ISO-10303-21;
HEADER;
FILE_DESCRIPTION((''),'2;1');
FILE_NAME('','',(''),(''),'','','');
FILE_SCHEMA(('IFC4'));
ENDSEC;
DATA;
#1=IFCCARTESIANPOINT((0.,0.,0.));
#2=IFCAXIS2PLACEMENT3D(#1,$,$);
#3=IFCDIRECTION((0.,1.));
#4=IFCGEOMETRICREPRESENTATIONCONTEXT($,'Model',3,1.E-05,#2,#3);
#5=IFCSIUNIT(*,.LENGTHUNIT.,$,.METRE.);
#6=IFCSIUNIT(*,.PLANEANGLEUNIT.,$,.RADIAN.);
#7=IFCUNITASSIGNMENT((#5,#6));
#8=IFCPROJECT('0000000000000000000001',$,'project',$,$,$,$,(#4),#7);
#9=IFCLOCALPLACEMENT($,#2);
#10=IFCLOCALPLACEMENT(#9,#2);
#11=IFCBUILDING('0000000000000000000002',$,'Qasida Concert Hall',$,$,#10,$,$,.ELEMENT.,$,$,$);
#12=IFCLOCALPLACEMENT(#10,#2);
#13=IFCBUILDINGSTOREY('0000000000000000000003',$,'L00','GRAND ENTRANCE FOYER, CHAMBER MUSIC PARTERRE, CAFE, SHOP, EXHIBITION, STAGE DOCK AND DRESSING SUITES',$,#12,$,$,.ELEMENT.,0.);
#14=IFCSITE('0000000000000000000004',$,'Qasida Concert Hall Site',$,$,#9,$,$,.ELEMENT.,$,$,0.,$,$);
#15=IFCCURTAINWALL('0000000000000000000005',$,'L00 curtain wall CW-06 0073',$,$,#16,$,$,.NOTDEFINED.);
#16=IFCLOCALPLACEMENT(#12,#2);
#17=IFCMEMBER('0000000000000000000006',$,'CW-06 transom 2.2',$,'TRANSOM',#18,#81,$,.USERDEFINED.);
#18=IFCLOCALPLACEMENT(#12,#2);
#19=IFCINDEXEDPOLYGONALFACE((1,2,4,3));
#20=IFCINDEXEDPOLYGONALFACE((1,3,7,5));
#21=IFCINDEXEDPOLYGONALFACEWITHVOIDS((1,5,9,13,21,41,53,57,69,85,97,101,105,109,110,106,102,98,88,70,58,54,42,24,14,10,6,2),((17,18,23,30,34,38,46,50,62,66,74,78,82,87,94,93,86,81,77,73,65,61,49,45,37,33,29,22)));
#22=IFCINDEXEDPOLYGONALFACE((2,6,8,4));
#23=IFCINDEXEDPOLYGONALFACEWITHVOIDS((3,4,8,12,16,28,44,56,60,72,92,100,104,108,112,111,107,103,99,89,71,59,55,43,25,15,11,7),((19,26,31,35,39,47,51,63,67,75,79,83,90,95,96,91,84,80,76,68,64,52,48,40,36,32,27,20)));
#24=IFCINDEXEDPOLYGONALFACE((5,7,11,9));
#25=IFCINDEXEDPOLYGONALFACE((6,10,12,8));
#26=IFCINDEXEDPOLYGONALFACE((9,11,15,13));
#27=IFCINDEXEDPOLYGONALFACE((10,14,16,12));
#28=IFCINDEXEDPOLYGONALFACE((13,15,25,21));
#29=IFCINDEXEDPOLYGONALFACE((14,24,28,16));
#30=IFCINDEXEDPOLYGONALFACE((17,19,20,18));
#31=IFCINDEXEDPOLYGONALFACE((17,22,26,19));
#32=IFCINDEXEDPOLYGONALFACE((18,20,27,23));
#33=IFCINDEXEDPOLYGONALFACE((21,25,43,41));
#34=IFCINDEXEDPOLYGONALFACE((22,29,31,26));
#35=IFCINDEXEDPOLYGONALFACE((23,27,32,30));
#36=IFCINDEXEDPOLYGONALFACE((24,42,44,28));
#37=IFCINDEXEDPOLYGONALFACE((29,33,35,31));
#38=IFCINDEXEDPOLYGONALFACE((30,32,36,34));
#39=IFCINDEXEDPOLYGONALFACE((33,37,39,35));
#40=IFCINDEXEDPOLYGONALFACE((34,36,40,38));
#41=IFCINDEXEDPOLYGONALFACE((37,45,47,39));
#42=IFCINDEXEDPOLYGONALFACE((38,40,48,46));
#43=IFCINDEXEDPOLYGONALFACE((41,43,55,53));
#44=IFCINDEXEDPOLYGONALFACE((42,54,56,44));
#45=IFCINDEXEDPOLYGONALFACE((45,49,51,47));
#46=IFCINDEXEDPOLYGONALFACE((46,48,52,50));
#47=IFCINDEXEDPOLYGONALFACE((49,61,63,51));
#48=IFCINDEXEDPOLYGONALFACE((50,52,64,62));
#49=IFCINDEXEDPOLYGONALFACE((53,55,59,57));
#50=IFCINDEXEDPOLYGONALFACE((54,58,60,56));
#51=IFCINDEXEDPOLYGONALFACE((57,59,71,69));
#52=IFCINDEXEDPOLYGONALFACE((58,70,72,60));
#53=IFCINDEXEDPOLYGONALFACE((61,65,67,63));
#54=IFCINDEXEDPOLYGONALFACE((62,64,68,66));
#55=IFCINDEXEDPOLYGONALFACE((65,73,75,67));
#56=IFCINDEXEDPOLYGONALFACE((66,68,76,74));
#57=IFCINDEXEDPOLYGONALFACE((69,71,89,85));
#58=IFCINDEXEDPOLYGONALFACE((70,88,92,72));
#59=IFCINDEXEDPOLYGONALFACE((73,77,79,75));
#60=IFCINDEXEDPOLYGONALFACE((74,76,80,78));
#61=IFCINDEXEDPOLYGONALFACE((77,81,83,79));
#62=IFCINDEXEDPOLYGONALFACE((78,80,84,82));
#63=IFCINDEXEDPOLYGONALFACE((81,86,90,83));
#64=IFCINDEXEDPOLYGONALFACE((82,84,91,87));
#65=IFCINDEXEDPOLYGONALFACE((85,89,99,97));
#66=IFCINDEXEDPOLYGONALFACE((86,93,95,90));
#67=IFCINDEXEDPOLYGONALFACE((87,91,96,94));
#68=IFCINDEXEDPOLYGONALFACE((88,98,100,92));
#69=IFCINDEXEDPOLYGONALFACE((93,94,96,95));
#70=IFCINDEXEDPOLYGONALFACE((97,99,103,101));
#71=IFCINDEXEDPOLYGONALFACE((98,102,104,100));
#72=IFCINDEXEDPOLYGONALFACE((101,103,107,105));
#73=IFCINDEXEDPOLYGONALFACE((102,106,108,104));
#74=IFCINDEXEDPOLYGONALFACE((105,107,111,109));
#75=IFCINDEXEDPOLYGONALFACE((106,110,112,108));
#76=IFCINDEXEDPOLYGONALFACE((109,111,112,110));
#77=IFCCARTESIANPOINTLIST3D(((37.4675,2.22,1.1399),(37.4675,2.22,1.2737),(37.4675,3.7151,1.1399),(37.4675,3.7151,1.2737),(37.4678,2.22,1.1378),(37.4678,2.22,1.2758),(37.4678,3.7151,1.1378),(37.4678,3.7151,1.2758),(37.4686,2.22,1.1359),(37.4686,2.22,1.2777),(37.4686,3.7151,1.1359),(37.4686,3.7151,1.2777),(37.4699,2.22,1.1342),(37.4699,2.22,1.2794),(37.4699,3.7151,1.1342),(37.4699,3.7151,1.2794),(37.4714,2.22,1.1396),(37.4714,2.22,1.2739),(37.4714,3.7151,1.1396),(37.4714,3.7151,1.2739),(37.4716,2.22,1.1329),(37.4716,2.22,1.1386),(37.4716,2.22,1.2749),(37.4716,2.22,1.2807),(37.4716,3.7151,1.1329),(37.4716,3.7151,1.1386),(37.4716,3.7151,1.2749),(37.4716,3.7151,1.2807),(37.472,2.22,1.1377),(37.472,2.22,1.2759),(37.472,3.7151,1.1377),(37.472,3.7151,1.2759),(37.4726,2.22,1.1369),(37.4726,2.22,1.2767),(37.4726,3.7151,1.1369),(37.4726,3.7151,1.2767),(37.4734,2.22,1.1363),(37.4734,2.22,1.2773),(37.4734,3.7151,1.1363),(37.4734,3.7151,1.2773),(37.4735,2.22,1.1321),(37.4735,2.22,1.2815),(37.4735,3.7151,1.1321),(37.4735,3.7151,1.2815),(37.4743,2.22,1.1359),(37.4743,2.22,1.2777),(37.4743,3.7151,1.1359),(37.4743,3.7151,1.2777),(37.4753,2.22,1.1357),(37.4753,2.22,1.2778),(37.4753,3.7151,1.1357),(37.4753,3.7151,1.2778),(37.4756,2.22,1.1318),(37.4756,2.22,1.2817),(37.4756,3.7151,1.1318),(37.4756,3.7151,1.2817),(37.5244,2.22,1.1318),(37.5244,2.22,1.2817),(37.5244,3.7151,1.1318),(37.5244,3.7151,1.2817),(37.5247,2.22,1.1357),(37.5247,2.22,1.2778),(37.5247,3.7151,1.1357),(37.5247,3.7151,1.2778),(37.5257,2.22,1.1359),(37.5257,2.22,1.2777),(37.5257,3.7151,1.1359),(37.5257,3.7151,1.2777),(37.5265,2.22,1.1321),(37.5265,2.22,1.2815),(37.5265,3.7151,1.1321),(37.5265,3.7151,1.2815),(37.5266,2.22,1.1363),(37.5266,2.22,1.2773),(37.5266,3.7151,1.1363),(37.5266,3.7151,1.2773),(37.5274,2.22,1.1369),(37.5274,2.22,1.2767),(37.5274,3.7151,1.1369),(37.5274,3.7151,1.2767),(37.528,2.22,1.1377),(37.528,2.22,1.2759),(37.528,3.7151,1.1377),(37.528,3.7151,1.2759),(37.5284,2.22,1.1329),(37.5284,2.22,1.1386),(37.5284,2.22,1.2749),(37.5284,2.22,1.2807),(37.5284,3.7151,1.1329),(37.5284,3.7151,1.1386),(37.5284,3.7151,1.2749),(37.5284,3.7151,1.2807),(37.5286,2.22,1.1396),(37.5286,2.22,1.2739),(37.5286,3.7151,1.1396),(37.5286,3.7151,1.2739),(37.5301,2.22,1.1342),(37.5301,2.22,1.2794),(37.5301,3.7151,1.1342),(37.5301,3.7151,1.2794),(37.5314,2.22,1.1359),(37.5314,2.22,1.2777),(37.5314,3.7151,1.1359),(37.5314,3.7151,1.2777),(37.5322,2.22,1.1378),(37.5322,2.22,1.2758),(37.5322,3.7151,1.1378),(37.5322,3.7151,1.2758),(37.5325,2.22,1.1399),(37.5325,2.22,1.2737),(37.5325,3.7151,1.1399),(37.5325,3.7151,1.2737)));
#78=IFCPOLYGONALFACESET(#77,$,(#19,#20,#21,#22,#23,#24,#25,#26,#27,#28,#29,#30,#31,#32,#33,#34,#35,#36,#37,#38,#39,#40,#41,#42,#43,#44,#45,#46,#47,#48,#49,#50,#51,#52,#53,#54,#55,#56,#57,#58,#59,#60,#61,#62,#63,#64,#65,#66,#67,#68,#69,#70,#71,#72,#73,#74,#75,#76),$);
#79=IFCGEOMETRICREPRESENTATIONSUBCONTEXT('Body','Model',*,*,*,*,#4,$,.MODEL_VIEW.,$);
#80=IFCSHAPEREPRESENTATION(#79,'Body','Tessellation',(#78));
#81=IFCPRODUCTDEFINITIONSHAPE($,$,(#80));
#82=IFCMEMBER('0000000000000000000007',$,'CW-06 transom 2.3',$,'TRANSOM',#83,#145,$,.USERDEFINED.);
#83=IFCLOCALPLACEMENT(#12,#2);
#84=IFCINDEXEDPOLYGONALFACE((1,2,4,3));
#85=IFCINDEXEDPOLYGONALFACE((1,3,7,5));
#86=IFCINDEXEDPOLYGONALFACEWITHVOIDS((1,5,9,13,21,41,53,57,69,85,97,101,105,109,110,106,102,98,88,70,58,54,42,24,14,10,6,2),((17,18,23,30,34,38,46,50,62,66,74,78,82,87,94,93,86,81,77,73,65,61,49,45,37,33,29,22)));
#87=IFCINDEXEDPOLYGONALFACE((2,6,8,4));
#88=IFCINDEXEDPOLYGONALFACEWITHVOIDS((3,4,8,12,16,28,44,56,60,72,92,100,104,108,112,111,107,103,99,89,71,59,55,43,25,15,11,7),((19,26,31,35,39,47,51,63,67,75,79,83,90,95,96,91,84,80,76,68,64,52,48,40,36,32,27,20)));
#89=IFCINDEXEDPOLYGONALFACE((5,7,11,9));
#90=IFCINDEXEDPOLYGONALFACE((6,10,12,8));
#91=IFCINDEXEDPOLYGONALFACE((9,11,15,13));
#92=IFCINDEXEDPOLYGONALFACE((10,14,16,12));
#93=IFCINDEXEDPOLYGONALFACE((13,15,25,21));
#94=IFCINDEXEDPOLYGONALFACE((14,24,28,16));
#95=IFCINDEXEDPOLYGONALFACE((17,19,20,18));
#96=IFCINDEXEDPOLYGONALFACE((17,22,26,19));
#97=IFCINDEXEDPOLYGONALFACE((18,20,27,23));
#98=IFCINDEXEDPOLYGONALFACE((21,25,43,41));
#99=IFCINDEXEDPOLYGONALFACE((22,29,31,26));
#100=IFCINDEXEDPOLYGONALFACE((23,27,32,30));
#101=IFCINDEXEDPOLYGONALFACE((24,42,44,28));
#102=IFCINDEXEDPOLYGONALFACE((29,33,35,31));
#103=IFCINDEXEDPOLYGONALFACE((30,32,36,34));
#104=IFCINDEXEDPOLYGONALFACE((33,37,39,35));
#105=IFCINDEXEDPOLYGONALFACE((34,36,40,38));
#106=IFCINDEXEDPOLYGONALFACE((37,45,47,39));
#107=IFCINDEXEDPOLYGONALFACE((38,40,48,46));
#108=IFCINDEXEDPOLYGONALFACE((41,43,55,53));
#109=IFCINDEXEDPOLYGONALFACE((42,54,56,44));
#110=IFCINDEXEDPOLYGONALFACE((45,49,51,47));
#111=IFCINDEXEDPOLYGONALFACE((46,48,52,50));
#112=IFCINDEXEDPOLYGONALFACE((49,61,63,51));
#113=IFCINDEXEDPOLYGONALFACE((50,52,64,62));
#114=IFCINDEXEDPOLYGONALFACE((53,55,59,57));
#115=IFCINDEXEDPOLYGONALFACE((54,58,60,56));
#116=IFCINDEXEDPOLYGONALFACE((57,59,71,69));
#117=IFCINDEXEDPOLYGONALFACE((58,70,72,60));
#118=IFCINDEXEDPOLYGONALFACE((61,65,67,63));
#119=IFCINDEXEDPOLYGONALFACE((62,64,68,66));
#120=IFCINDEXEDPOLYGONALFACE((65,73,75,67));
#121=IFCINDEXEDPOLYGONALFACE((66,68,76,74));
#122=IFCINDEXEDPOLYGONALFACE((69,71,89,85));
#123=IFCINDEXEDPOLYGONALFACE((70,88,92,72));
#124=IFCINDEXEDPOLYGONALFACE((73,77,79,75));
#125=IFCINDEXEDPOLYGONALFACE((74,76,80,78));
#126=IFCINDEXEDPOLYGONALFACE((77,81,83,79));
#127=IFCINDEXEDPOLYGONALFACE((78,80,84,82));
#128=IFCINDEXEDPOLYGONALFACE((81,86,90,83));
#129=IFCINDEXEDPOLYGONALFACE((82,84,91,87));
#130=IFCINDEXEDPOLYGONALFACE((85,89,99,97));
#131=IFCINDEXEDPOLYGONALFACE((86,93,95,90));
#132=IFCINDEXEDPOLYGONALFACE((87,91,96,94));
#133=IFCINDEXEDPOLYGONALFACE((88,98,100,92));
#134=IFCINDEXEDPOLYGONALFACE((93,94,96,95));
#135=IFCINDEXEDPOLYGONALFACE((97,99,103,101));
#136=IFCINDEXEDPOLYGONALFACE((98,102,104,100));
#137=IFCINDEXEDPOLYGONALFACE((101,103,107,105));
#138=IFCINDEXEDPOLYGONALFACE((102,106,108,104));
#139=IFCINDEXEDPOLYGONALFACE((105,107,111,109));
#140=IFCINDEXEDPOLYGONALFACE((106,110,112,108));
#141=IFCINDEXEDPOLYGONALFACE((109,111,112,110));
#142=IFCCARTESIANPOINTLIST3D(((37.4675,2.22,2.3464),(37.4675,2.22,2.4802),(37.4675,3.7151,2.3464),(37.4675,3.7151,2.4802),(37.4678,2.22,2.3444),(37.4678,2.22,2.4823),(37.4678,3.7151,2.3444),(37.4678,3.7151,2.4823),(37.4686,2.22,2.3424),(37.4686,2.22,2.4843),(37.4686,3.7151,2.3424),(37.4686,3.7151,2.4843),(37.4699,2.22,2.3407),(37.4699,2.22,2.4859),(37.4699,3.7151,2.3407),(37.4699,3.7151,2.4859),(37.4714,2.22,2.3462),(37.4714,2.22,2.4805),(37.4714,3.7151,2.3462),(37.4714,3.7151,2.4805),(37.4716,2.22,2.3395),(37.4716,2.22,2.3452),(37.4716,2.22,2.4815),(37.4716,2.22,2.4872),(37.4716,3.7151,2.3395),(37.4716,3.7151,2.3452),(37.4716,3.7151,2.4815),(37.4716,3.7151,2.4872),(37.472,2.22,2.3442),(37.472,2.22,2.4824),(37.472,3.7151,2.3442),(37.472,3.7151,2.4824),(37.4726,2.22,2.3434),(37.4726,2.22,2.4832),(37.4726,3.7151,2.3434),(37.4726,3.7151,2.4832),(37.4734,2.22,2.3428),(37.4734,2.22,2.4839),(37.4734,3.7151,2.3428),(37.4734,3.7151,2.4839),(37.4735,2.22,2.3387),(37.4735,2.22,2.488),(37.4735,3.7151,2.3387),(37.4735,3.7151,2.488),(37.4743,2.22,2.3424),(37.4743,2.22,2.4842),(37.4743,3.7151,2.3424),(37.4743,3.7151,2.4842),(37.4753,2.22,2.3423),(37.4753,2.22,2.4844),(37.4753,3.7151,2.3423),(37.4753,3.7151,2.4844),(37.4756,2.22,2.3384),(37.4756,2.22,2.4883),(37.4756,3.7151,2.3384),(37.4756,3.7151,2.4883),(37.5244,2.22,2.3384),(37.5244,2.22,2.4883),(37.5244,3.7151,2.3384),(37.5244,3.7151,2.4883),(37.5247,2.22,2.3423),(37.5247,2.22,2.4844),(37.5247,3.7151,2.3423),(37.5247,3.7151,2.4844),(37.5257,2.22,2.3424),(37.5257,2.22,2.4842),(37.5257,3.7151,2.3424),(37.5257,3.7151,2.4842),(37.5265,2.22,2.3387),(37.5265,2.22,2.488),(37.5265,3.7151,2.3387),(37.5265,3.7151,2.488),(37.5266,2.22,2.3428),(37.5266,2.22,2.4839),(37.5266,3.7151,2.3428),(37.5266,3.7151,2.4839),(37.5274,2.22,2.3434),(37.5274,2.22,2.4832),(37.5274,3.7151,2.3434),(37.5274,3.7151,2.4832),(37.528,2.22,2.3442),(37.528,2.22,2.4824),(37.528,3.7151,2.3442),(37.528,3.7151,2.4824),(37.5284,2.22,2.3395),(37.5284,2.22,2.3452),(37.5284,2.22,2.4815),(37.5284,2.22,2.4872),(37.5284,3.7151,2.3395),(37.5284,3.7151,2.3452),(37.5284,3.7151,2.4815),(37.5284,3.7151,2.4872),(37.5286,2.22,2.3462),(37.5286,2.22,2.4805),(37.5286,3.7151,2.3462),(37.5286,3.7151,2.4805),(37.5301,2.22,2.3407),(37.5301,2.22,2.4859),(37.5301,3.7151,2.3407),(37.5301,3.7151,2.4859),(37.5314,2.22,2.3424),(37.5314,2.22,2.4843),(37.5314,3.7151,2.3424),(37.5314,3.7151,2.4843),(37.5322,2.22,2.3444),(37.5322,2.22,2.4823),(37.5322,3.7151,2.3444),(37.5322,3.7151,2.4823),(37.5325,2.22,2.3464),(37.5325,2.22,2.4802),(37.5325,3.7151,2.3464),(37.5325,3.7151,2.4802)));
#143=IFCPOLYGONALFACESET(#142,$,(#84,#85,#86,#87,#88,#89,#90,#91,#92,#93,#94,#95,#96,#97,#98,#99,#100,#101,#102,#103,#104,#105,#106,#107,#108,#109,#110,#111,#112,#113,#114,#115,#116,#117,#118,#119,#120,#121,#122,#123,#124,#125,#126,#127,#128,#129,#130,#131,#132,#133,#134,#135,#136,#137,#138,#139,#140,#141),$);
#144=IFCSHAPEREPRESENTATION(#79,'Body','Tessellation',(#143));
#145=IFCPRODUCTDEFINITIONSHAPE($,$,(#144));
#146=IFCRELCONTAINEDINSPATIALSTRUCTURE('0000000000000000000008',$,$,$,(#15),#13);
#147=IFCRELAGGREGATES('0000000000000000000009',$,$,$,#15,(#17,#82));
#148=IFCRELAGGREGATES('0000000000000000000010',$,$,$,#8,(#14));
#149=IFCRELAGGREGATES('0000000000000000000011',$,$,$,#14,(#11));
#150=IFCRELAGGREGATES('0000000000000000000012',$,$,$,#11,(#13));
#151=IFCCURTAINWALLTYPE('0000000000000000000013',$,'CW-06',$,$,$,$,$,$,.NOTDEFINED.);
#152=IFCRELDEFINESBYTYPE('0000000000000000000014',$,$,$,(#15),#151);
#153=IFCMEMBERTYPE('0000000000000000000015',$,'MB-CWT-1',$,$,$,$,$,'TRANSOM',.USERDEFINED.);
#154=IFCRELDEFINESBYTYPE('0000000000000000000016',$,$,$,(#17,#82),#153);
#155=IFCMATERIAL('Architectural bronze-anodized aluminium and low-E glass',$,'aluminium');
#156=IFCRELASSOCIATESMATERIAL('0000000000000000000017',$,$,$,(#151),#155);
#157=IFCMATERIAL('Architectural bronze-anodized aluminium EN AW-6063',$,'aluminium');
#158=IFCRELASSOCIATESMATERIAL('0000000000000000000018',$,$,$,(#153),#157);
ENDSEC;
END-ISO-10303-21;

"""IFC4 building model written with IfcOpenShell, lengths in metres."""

from ifc_helpers import new_model, si_unit, direction, frame, origin, origin_2d, place, context, subcontext, project, spatial, hollow_rectangle, extrude, material, material_profile, profile_set, type_object, element, aggregate, save


model = new_model("IFC4")

# Units and contexts
model_context = context("Model", 3, precision=1e-05, world=origin(), true_north=direction((0.0, 1.0)))
body_context = subcontext(model_context, "Body", "Model", "MODEL_VIEW")
ifc_project = project(units=[si_unit("LENGTHUNIT", "METRE"), si_unit("PLANEANGLEUNIT", "RADIAN")], contexts=[model_context])

# Site, building, storey
site_placement = place(None, origin())
site = spatial("IfcSite", under=ifc_project, at=site_placement, Name="Qasida Concert Hall Site", CompositionType="ELEMENT", RefElevation=0.0)
building_placement = place(site_placement, origin())
building = spatial("IfcBuilding", under=site, at=building_placement, Name="Qasida Concert Hall", CompositionType="ELEMENT")
storey_placement = place(building_placement, origin())
storey = spatial("IfcBuildingStorey", under=building, at=storey_placement, Name="L00", Description="GRAND ENTRANCE FOYER, CHAMBER MUSIC PARTERRE, CAFE, SHOP, EXHIBITION, STAGE DOCK AND DRESSING SUITES", CompositionType="ELEMENT", Elevation=0.0)

# Curtain wall, members
ifc_material_1 = material(Name="Architectural bronze-anodized aluminium and low-E glass", Category="aluminium")
curtain_wall_type = type_object("IfcCurtainWallType", Name="CW-06", PredefinedType="NOTDEFINED", material=ifc_material_1)
curtain_wall_placement = place(storey_placement, origin())
curtain_wall = element("IfcCurtainWall", 1, at=curtain_wall_placement, inside=storey, type_object=curtain_wall_type, Name="L00 curtain wall CW-06 0073", PredefinedType="NOTDEFINED")
ifc_material_2 = material(Name="Architectural bronze-anodized aluminium EN AW-6063", Category="aluminium")
ifc_material_profile_1 = material_profile(ifc_material_2, hollow_rectangle(XDim=0.0649, YDim=0.1499, WallThickness=0.0039, InnerFilletRadius=0.0039, OuterFilletRadius=0.0081, at=origin_2d()), Name="CWT 150x65x4")
ifc_profile_set_1 = profile_set([ifc_material_profile_1], Name="Architectural bronze-anodized aluminium EN AW-6063")
member_type_1 = type_object("IfcMemberType", Name="MB-CWT-1", ElementType="TRANSOM", PredefinedType="USERDEFINED", material=ifc_profile_set_1)
member_1_placement = place(storey_placement, frame((37.5, 2.22, 1.2068), z_axis=(0.0, 1.0, 0.0), x_axis=(-1.0, 0.0, 0.0)))
member_1 = element("IfcMember", 2, at=member_1_placement, type_object=member_type_1, Name="CW-06 transom 2.2", ObjectType="TRANSOM", PredefinedType="USERDEFINED", context=body_context, shape_type="SweptSolid", body=[
    extrude(hollow_rectangle(XDim=0.0649, YDim=0.1499, WallThickness=0.0039, InnerFilletRadius=0.0039, OuterFilletRadius=0.0081, at=origin_2d()), origin(), (0.0, 0.0, 1.0), 1.4951),
])
member_2_placement = place(storey_placement, frame((37.5, 2.22, 2.4133), z_axis=(0.0, 1.0, 0.0), x_axis=(-1.0, 0.0, 0.0)))
member_2 = element("IfcMember", 3, at=member_2_placement, type_object=member_type_1, Name="CW-06 transom 2.3", ObjectType="TRANSOM", PredefinedType="USERDEFINED", context=body_context, shape_type="SweptSolid", body=[
    extrude(hollow_rectangle(XDim=0.0649, YDim=0.1499, WallThickness=0.0039, InnerFilletRadius=0.0039, OuterFilletRadius=0.0081, at=origin_2d()), origin(), (0.0, 0.0, 1.0), 1.4951),
])
aggregate(curtain_wall, [member_1, member_2])

save(model, "model.ifc")
